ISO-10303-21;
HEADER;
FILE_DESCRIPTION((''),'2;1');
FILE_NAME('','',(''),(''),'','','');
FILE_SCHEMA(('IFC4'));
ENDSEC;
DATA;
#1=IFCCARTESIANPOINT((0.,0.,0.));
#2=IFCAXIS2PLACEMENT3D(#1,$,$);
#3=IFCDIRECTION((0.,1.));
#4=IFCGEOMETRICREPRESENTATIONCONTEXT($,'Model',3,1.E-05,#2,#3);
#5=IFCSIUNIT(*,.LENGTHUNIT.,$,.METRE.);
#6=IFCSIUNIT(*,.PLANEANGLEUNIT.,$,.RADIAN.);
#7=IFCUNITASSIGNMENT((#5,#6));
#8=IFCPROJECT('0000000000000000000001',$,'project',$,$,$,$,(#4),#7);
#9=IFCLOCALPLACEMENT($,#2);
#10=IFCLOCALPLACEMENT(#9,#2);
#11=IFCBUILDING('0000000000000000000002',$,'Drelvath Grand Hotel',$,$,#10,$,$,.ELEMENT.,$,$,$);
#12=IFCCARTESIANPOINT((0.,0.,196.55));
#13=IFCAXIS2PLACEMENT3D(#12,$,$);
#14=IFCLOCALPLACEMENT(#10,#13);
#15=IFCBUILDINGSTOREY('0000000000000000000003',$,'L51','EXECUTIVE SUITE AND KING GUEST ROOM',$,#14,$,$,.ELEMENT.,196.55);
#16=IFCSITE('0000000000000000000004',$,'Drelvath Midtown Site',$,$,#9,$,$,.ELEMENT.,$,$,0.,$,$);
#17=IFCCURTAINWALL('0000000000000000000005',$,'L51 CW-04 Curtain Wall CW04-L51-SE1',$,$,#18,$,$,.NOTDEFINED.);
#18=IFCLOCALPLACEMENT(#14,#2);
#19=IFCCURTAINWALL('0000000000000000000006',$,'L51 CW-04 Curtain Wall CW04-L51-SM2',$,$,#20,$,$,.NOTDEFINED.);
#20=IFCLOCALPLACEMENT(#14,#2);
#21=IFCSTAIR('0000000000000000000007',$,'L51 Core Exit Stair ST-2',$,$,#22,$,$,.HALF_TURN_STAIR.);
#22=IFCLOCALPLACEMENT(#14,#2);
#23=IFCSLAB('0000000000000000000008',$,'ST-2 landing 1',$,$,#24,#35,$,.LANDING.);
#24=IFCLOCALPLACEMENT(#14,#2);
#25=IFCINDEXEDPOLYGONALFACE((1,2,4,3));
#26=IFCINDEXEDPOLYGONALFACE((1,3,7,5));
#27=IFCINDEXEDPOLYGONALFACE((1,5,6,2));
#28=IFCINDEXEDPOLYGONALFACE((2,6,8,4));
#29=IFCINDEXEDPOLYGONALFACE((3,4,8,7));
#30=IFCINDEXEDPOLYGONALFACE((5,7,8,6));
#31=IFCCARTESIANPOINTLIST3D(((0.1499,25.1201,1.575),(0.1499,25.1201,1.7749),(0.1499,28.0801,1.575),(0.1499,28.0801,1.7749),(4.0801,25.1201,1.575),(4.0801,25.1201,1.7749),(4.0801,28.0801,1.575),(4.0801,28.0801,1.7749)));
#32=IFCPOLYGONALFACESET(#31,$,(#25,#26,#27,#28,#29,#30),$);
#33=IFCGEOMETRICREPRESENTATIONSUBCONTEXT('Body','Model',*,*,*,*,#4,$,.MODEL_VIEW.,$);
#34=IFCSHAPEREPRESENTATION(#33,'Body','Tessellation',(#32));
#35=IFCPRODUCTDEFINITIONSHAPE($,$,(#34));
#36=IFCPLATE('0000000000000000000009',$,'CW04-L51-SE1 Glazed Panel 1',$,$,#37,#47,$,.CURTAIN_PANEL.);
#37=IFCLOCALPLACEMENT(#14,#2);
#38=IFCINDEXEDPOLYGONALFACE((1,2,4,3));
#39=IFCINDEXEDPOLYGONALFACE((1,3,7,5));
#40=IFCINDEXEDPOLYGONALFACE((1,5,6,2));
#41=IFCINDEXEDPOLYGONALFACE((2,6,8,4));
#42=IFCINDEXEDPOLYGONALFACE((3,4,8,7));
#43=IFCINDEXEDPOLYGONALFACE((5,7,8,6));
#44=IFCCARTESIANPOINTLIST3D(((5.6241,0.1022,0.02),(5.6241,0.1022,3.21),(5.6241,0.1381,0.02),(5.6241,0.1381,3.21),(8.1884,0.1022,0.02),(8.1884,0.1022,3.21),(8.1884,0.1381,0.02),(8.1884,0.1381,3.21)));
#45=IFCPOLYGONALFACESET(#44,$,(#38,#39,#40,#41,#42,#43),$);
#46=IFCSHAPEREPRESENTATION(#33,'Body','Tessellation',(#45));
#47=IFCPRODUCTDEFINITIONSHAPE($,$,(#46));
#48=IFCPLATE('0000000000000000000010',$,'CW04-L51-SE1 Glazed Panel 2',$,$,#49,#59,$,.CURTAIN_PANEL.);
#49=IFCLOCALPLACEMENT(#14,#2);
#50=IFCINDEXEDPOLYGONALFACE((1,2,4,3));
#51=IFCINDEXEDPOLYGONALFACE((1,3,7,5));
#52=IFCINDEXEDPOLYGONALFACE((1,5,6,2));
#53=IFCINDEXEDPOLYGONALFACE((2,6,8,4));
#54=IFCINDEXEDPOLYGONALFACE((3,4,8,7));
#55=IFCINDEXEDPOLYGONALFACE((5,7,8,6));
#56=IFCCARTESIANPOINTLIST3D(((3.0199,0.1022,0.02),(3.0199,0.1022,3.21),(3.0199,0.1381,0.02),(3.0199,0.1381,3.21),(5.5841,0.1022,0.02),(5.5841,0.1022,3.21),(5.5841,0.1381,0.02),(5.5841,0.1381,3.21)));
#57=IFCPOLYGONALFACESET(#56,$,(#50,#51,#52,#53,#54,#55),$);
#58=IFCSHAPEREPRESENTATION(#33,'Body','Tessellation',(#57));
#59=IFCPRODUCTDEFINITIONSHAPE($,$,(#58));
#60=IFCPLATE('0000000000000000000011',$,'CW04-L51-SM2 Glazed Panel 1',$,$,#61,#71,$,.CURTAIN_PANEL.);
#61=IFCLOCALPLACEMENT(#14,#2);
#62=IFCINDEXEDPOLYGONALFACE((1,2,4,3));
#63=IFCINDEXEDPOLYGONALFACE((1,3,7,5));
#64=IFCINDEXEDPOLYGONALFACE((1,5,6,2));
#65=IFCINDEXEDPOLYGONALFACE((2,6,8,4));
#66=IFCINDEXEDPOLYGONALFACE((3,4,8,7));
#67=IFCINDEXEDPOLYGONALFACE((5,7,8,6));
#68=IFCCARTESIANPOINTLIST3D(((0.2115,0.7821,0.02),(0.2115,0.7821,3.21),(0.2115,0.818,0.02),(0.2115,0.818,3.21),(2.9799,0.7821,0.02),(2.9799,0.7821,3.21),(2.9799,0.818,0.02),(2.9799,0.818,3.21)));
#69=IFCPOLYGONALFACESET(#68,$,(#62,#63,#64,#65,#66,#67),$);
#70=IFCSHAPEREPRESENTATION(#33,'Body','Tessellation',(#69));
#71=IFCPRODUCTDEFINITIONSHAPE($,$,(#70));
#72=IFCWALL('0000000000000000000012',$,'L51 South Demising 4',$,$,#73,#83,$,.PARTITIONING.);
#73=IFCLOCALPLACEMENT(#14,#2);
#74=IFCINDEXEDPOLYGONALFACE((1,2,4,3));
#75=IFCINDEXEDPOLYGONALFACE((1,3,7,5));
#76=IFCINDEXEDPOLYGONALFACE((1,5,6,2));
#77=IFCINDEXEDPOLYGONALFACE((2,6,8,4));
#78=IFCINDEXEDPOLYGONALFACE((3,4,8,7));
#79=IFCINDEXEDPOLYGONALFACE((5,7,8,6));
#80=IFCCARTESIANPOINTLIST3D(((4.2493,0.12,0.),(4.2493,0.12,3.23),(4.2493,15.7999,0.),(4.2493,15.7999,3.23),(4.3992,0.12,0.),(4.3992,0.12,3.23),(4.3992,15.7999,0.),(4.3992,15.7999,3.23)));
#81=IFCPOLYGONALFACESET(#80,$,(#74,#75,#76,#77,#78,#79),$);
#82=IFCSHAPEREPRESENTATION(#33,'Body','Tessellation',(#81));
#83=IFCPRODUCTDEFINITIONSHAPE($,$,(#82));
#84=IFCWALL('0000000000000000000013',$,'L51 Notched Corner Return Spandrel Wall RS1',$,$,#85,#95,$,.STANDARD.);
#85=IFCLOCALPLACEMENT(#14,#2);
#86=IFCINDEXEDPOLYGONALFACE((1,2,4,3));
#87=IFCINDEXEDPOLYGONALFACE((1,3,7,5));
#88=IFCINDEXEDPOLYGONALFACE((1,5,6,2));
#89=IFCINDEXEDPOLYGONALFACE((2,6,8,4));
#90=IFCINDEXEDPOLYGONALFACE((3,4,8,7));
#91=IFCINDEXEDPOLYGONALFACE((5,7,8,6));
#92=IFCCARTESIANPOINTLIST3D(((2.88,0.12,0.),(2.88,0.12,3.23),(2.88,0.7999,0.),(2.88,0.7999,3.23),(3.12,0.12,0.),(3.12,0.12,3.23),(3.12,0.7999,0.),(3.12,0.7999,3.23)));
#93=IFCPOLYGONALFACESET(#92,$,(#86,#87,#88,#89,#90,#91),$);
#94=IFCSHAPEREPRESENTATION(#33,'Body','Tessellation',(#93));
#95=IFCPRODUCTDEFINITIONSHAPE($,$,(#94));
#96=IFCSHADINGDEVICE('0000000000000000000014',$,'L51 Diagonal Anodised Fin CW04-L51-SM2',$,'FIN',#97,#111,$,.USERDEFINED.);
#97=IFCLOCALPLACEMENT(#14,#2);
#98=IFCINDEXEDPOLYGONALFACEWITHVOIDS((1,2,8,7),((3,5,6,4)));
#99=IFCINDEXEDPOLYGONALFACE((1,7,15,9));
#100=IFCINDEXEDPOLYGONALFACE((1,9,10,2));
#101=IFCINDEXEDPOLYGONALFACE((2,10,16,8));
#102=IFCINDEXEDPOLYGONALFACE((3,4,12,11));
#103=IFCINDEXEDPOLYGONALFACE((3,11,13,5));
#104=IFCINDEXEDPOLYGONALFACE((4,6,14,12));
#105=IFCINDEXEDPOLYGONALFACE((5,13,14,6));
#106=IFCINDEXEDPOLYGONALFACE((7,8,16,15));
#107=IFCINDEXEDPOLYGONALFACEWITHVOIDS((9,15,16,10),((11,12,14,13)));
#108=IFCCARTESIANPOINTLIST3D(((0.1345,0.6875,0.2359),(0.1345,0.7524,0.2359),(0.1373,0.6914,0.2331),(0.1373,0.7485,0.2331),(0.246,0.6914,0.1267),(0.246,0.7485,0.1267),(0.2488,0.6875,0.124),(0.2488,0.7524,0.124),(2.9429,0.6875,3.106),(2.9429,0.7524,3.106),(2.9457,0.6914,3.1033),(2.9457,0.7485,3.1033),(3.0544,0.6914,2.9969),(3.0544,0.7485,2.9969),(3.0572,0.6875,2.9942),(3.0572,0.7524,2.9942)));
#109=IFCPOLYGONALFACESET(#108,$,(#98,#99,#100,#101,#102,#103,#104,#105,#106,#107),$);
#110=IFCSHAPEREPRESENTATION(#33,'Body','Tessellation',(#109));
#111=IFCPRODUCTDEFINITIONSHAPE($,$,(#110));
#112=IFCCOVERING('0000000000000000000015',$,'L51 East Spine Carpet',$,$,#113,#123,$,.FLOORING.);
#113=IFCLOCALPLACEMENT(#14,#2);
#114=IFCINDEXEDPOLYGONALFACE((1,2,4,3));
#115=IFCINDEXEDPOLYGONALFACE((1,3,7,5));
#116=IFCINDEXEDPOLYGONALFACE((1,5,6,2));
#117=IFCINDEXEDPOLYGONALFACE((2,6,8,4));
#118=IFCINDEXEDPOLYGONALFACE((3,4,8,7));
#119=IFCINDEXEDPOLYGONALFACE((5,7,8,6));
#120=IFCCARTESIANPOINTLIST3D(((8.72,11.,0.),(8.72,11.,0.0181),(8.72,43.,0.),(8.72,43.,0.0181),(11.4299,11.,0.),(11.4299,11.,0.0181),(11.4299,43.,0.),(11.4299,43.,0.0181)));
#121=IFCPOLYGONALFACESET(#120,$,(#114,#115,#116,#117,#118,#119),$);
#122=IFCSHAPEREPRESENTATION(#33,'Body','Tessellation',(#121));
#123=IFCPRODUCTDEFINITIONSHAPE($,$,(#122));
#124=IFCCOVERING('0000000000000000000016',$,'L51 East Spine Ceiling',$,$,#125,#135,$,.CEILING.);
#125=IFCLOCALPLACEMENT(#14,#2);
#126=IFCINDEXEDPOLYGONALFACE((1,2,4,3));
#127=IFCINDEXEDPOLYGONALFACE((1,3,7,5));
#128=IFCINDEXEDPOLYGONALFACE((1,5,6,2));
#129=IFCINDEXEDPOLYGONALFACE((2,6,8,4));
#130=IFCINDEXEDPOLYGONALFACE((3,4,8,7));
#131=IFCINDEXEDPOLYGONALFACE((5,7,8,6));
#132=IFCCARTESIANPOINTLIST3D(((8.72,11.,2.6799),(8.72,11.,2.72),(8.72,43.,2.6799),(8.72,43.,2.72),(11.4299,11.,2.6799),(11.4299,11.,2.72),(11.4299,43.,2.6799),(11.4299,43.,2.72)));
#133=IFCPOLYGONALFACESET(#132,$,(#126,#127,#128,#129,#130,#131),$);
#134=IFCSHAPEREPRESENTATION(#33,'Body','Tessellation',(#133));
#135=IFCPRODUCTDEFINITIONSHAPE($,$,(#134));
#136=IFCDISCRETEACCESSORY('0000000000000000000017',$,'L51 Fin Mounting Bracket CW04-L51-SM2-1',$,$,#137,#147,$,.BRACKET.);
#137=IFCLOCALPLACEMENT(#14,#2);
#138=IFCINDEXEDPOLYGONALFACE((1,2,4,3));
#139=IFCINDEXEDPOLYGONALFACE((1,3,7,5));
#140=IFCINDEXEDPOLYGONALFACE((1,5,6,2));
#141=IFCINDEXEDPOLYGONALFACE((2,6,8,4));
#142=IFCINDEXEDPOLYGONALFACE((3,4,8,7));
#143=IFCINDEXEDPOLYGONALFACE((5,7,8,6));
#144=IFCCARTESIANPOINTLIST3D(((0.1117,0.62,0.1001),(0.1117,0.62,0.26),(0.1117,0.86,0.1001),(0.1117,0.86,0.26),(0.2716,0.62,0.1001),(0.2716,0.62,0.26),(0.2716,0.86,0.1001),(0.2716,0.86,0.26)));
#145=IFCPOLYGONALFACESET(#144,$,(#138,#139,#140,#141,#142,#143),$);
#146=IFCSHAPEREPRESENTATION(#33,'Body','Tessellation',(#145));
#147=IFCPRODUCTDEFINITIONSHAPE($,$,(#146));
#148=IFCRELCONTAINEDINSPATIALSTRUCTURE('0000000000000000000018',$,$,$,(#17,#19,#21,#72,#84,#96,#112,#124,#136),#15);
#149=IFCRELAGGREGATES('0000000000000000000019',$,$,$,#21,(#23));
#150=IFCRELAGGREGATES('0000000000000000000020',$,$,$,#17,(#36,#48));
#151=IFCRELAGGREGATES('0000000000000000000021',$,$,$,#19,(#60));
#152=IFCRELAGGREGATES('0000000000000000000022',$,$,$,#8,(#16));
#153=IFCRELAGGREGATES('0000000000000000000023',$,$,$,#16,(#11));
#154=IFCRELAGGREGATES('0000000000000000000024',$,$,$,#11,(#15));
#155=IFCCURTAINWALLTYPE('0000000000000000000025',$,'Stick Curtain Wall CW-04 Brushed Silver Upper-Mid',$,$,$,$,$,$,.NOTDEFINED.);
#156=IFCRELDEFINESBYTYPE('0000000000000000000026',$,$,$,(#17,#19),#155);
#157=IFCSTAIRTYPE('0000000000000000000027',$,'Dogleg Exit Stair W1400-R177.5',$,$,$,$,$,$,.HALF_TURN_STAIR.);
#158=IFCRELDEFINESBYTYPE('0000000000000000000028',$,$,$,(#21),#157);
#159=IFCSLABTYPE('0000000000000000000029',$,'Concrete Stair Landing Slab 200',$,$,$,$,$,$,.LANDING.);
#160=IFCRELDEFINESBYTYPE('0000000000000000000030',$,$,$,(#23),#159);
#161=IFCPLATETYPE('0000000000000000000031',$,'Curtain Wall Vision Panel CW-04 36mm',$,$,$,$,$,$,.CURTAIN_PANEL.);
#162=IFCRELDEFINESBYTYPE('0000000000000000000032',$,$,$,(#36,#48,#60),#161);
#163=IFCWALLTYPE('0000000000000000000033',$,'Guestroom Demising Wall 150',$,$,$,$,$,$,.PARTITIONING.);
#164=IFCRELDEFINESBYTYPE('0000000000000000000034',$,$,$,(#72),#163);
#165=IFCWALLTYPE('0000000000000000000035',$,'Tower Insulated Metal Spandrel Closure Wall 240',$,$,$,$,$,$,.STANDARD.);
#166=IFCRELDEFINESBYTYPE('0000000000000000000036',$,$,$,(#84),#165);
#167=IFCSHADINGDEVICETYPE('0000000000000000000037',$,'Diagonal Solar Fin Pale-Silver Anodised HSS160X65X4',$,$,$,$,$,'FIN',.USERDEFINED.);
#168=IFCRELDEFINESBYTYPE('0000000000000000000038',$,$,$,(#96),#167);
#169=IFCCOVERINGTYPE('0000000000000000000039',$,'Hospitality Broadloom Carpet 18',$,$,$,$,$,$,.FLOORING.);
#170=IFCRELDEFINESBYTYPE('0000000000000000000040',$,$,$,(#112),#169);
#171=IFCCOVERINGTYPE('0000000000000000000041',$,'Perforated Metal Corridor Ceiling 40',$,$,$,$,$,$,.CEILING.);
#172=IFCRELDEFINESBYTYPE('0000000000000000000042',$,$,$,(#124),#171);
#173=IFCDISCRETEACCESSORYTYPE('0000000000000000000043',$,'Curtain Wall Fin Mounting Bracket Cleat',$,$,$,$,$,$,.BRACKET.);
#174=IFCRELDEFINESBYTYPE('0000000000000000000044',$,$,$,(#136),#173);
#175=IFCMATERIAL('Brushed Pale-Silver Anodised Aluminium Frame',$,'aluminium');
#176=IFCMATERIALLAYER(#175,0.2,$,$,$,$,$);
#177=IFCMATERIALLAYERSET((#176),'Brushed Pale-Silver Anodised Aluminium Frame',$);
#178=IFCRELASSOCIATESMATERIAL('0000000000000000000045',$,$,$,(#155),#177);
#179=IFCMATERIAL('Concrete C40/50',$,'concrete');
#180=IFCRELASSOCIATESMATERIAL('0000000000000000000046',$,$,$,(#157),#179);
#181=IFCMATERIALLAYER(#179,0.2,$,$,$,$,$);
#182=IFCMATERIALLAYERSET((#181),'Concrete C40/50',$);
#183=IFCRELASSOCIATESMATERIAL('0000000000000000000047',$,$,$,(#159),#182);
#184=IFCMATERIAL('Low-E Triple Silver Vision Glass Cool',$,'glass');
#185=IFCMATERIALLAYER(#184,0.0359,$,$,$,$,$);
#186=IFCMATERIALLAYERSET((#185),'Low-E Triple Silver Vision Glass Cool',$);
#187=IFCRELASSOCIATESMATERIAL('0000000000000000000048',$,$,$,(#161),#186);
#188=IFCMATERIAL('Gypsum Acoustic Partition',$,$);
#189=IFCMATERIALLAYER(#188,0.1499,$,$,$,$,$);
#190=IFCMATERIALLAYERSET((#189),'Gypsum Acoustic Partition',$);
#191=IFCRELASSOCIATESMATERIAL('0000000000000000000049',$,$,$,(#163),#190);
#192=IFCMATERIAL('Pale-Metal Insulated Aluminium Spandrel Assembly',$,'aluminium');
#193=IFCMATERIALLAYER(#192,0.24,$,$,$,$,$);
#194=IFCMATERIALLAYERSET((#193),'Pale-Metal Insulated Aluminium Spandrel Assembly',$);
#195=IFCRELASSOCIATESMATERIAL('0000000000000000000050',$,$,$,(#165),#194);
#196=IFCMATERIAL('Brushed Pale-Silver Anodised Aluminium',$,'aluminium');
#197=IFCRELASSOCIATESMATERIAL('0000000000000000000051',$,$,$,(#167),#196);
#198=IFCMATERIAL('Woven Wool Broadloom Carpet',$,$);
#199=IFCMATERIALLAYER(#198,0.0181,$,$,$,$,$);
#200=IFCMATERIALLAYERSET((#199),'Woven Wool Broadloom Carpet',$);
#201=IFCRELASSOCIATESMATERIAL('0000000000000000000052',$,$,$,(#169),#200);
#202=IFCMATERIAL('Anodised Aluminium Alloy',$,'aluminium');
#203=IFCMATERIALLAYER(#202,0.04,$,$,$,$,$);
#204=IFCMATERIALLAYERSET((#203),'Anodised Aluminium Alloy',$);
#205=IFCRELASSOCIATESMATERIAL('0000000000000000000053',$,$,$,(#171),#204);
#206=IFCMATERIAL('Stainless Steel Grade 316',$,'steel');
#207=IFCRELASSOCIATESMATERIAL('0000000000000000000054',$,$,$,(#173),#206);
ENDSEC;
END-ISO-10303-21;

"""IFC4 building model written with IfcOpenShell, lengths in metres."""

from ifc_helpers import new_model, si_unit, direction, frame, frame_2d, origin, origin_2d, place, context, subcontext, project, spatial, polyline, rectangle, hollow_rectangle, outline, extrude, material, layer, layer_set, material_profile, profile_set, type_object, element, aggregate, save


model = new_model("IFC4")

# Units and contexts
model_context = context("Model", 3, precision=1e-05, world=origin(), true_north=direction((0.0, 1.0)))
body_context = subcontext(model_context, "Body", "Model", "MODEL_VIEW")
ifc_project = project(units=[si_unit("LENGTHUNIT", "METRE"), si_unit("PLANEANGLEUNIT", "RADIAN")], contexts=[model_context])

# Site, building, storey
site_placement = place(None, origin())
site = spatial("IfcSite", under=ifc_project, at=site_placement, Name="Drelvath Midtown Site", CompositionType="ELEMENT", RefElevation=0.0)
building_placement = place(site_placement, origin())
building = spatial("IfcBuilding", under=site, at=building_placement, Name="Drelvath Grand Hotel", CompositionType="ELEMENT")
storey_placement = place(building_placement, frame((0.0, 0.0, 196.55)))
storey = spatial("IfcBuildingStorey", under=building, at=storey_placement, Name="L51", Description="EXECUTIVE SUITE AND KING GUEST ROOM", CompositionType="ELEMENT", Elevation=196.55)

# Curtain walls
ifc_material_1 = material(Name="Brushed Pale-Silver Anodised Aluminium Frame", Category="aluminium")
ifc_layer_1 = layer(ifc_material_1, 0.2)
ifc_layer_set_1 = layer_set([ifc_layer_1], Name="Brushed Pale-Silver Anodised Aluminium Frame")
curtain_wall_type = type_object("IfcCurtainWallType", Name="Stick Curtain Wall CW-04 Brushed Silver Upper-Mid", PredefinedType="NOTDEFINED", material=ifc_layer_set_1)
curtain_wall_1_placement = place(storey_placement, origin())
curtain_wall_1 = element("IfcCurtainWall", 1, at=curtain_wall_1_placement, inside=storey, type_object=curtain_wall_type, Name="L51 CW-04 Curtain Wall CW04-L51-SE1", PredefinedType="NOTDEFINED")
curtain_wall_2_placement = place(storey_placement, origin())
curtain_wall_2 = element("IfcCurtainWall", 2, at=curtain_wall_2_placement, inside=storey, type_object=curtain_wall_type, Name="L51 CW-04 Curtain Wall CW04-L51-SM2", PredefinedType="NOTDEFINED")

# Stair, slab
ifc_material_2 = material(Name="Concrete C40/50", Category="concrete")
stair_type = type_object("IfcStairType", Name="Dogleg Exit Stair W1400-R177.5", PredefinedType="HALF_TURN_STAIR", material=ifc_material_2)
ifc_layer_2 = layer(ifc_material_2, 0.2)
ifc_layer_set_2 = layer_set([ifc_layer_2], Name="Concrete C40/50")
slab_type = type_object("IfcSlabType", Name="Concrete Stair Landing Slab 200", PredefinedType="LANDING", material=ifc_layer_set_2)
stair_1_placement = place(storey_placement, origin())
stair_1 = element("IfcStair", 3, at=stair_1_placement, inside=storey, type_object=stair_type, Name="L51 Core Exit Stair ST-2", PredefinedType="HALF_TURN_STAIR")
slab_1_placement = place(storey_placement, frame((0.0, 0.0, 1.575)))
slab_1 = element("IfcSlab", 4, at=slab_1_placement, type_object=slab_type, Name="ST-2 landing 1", PredefinedType="LANDING", context=body_context, shape_type="SweptSolid", body=[
    extrude(outline(polyline([(4.0801, 28.0801), (0.1499, 28.0801), (0.1499, 25.1201), (4.0801, 25.1201), (4.0801, 28.0801)])), origin(), (0.0, 0.0, 1.0), 0.2),
])
aggregate(stair_1, [slab_1])

# Plates
ifc_material_3 = material(Name="Low-E Triple Silver Vision Glass Cool", Category="glass")
ifc_layer_3 = layer(ifc_material_3, 0.0359)
ifc_layer_set_3 = layer_set([ifc_layer_3], Name="Low-E Triple Silver Vision Glass Cool")
plate_type = type_object("IfcPlateType", Name="Curtain Wall Vision Panel CW-04 36mm", PredefinedType="CURTAIN_PANEL", material=ifc_layer_set_3)
plate_1_placement = place(storey_placement, frame((6.9062, 0.1201, 0.02), z_axis=(0.0, 0.0, 1.0), x_axis=(-1.0, 0.0, 0.0)))
plate_1 = element("IfcPlate", 5, at=plate_1_placement, type_object=plate_type, Name="CW04-L51-SE1 Glazed Panel 1", PredefinedType="CURTAIN_PANEL", context=body_context, shape_type="SweptSolid", body=[
    extrude(rectangle(XDim=2.5642, YDim=0.0359, at=origin_2d()), origin(), (0.0, 0.0, 1.0), 3.1899),
])
plate_2_placement = place(storey_placement, frame((4.302, 0.1201, 0.02), z_axis=(0.0, 0.0, 1.0), x_axis=(-1.0, 0.0, 0.0)))
plate_2 = element("IfcPlate", 6, at=plate_2_placement, type_object=plate_type, Name="CW04-L51-SE1 Glazed Panel 2", PredefinedType="CURTAIN_PANEL", context=body_context, shape_type="SweptSolid", body=[
    extrude(rectangle(XDim=2.5642, YDim=0.0359, at=origin_2d()), origin(), (0.0, 0.0, 1.0), 3.1899),
])
aggregate(curtain_wall_1, [plate_1, plate_2])
plate_3_placement = place(storey_placement, frame((1.5957, 0.8, 0.02), z_axis=(0.0, 0.0, 1.0), x_axis=(-1.0, 0.0, 0.0)))
plate_3 = element("IfcPlate", 7, at=plate_3_placement, type_object=plate_type, Name="CW04-L51-SM2 Glazed Panel 1", PredefinedType="CURTAIN_PANEL", context=body_context, shape_type="SweptSolid", body=[
    extrude(rectangle(XDim=2.7683, YDim=0.0359, at=origin_2d()), origin(), (0.0, 0.0, 1.0), 3.1899),
])
aggregate(curtain_wall_2, [plate_3])

# Walls
ifc_material_4 = material(Name="Gypsum Acoustic Partition")
ifc_layer_4 = layer(ifc_material_4, 0.1499)
ifc_layer_set_4 = layer_set([ifc_layer_4], Name="Gypsum Acoustic Partition")
wall_type_1 = type_object("IfcWallType", Name="Guestroom Demising Wall 150", PredefinedType="PARTITIONING", material=ifc_layer_set_4)
wall_1_placement = place(storey_placement, frame((4.3242, 0.1201, 0.0), z_axis=(0.0, 0.0, 1.0), x_axis=(0.0, 1.0, 0.0)))
element("IfcWall", 8, at=wall_1_placement, inside=storey, type_object=wall_type_1, Name="L51 South Demising 4", PredefinedType="PARTITIONING", context=body_context, shape_type="SweptSolid", body=[
    extrude(rectangle(XDim=15.6799, YDim=0.1499, at=frame_2d((7.8398, 0.0))), origin(), (0.0, 0.0, 1.0), 3.23),
])
ifc_material_5 = material(Name="Pale-Metal Insulated Aluminium Spandrel Assembly", Category="aluminium")
ifc_layer_5 = layer(ifc_material_5, 0.24)
ifc_layer_set_5 = layer_set([ifc_layer_5], Name="Pale-Metal Insulated Aluminium Spandrel Assembly")
wall_type_2 = type_object("IfcWallType", Name="Tower Insulated Metal Spandrel Closure Wall 240", PredefinedType="STANDARD", material=ifc_layer_set_5)
wall_2_placement = place(storey_placement, frame((3.0, 0.1201, 0.0), z_axis=(0.0, 0.0, 1.0), x_axis=(0.0, 1.0, 0.0)))
element("IfcWall", 9, at=wall_2_placement, inside=storey, type_object=wall_type_2, Name="L51 Notched Corner Return Spandrel Wall RS1", PredefinedType="STANDARD", context=body_context, shape_type="SweptSolid", body=[
    extrude(rectangle(XDim=0.6799, YDim=0.24, at=frame_2d((0.3398, 0.0))), origin(), (0.0, 0.0, 1.0), 3.23),
])

# Shading device
ifc_material_6 = material(Name="Brushed Pale-Silver Anodised Aluminium", Category="aluminium")
ifc_material_profile_1 = material_profile(ifc_material_6, hollow_rectangle(XDim=0.0649, YDim=0.1599, WallThickness=0.0039, at=origin_2d()), Name="HSS160X65X4")
ifc_profile_set_1 = profile_set([ifc_material_profile_1], Name="Brushed Pale-Silver Anodised Aluminium")
shading_device_type = type_object("IfcShadingDeviceType", Name="Diagonal Solar Fin Pale-Silver Anodised HSS160X65X4", ElementType="FIN", PredefinedType="USERDEFINED", material=ifc_profile_set_1)
shading_device_placement = place(storey_placement, frame((0.1917, 0.72, 0.1799), z_axis=(0.699374, 0.0, 0.714756), x_axis=(0.0, 1.0, 0.0)))
element("IfcShadingDevice", 10, at=shading_device_placement, inside=storey, type_object=shading_device_type, Name="L51 Diagonal Anodised Fin CW04-L51-SM2", ObjectType="FIN", PredefinedType="USERDEFINED", context=body_context, shape_type="SweptSolid", body=[
    extrude(hollow_rectangle(XDim=0.0649, YDim=0.1599, WallThickness=0.0039, at=origin_2d()), origin(), (0.0, 0.0, 1.0), 4.0156),
])

# Coverings
ifc_material_7 = material(Name="Woven Wool Broadloom Carpet")
ifc_layer_6 = layer(ifc_material_7, 0.0181)
ifc_layer_set_6 = layer_set([ifc_layer_6], Name="Woven Wool Broadloom Carpet")
covering_type_1 = type_object("IfcCoveringType", Name="Hospitality Broadloom Carpet 18", PredefinedType="FLOORING", material=ifc_layer_set_6)
covering_1_placement = place(storey_placement, origin())
element("IfcCovering", 11, at=covering_1_placement, inside=storey, type_object=covering_type_1, Name="L51 East Spine Carpet", PredefinedType="FLOORING", context=body_context, shape_type="SweptSolid", body=[
    extrude(outline(polyline([(11.4299, 11.0), (11.4299, 43.0), (8.72, 43.0), (8.72, 11.0), (11.4299, 11.0)])), origin(), (0.0, 0.0, 1.0), 0.0181),
])
ifc_material_8 = material(Name="Anodised Aluminium Alloy", Category="aluminium")
ifc_layer_7 = layer(ifc_material_8, 0.04)
ifc_layer_set_7 = layer_set([ifc_layer_7], Name="Anodised Aluminium Alloy")
covering_type_2 = type_object("IfcCoveringType", Name="Perforated Metal Corridor Ceiling 40", PredefinedType="CEILING", material=ifc_layer_set_7)
covering_2_placement = place(storey_placement, frame((0.0, 0.0, 2.6799)))
element("IfcCovering", 12, at=covering_2_placement, inside=storey, type_object=covering_type_2, Name="L51 East Spine Ceiling", PredefinedType="CEILING", context=body_context, shape_type="SweptSolid", body=[
    extrude(outline(polyline([(11.4299, 11.0), (11.4299, 43.0), (8.72, 43.0), (8.72, 11.0), (11.4299, 11.0)])), origin(), (0.0, 0.0, 1.0), 0.04),
])

# Discrete accessory
ifc_material_9 = material(Name="Stainless Steel Grade 316", Category="steel")
discrete_accessory_type = type_object("IfcDiscreteAccessoryType", Name="Curtain Wall Fin Mounting Bracket Cleat", PredefinedType="BRACKET", material=ifc_material_9)
discrete_accessory_placement = place(storey_placement, frame((0.1917, 0.74, 0.1001), z_axis=(0.0, 0.0, 1.0), x_axis=(-1.0, 0.0, 0.0)))
element("IfcDiscreteAccessory", 13, at=discrete_accessory_placement, inside=storey, type_object=discrete_accessory_type, Name="L51 Fin Mounting Bracket CW04-L51-SM2-1", PredefinedType="BRACKET", context=body_context, shape_type="SweptSolid", body=[
    extrude(rectangle(XDim=0.1599, YDim=0.24, at=origin_2d()), origin(), (0.0, 0.0, 1.0), 0.1599),
])

save(model, "model.ifc")
